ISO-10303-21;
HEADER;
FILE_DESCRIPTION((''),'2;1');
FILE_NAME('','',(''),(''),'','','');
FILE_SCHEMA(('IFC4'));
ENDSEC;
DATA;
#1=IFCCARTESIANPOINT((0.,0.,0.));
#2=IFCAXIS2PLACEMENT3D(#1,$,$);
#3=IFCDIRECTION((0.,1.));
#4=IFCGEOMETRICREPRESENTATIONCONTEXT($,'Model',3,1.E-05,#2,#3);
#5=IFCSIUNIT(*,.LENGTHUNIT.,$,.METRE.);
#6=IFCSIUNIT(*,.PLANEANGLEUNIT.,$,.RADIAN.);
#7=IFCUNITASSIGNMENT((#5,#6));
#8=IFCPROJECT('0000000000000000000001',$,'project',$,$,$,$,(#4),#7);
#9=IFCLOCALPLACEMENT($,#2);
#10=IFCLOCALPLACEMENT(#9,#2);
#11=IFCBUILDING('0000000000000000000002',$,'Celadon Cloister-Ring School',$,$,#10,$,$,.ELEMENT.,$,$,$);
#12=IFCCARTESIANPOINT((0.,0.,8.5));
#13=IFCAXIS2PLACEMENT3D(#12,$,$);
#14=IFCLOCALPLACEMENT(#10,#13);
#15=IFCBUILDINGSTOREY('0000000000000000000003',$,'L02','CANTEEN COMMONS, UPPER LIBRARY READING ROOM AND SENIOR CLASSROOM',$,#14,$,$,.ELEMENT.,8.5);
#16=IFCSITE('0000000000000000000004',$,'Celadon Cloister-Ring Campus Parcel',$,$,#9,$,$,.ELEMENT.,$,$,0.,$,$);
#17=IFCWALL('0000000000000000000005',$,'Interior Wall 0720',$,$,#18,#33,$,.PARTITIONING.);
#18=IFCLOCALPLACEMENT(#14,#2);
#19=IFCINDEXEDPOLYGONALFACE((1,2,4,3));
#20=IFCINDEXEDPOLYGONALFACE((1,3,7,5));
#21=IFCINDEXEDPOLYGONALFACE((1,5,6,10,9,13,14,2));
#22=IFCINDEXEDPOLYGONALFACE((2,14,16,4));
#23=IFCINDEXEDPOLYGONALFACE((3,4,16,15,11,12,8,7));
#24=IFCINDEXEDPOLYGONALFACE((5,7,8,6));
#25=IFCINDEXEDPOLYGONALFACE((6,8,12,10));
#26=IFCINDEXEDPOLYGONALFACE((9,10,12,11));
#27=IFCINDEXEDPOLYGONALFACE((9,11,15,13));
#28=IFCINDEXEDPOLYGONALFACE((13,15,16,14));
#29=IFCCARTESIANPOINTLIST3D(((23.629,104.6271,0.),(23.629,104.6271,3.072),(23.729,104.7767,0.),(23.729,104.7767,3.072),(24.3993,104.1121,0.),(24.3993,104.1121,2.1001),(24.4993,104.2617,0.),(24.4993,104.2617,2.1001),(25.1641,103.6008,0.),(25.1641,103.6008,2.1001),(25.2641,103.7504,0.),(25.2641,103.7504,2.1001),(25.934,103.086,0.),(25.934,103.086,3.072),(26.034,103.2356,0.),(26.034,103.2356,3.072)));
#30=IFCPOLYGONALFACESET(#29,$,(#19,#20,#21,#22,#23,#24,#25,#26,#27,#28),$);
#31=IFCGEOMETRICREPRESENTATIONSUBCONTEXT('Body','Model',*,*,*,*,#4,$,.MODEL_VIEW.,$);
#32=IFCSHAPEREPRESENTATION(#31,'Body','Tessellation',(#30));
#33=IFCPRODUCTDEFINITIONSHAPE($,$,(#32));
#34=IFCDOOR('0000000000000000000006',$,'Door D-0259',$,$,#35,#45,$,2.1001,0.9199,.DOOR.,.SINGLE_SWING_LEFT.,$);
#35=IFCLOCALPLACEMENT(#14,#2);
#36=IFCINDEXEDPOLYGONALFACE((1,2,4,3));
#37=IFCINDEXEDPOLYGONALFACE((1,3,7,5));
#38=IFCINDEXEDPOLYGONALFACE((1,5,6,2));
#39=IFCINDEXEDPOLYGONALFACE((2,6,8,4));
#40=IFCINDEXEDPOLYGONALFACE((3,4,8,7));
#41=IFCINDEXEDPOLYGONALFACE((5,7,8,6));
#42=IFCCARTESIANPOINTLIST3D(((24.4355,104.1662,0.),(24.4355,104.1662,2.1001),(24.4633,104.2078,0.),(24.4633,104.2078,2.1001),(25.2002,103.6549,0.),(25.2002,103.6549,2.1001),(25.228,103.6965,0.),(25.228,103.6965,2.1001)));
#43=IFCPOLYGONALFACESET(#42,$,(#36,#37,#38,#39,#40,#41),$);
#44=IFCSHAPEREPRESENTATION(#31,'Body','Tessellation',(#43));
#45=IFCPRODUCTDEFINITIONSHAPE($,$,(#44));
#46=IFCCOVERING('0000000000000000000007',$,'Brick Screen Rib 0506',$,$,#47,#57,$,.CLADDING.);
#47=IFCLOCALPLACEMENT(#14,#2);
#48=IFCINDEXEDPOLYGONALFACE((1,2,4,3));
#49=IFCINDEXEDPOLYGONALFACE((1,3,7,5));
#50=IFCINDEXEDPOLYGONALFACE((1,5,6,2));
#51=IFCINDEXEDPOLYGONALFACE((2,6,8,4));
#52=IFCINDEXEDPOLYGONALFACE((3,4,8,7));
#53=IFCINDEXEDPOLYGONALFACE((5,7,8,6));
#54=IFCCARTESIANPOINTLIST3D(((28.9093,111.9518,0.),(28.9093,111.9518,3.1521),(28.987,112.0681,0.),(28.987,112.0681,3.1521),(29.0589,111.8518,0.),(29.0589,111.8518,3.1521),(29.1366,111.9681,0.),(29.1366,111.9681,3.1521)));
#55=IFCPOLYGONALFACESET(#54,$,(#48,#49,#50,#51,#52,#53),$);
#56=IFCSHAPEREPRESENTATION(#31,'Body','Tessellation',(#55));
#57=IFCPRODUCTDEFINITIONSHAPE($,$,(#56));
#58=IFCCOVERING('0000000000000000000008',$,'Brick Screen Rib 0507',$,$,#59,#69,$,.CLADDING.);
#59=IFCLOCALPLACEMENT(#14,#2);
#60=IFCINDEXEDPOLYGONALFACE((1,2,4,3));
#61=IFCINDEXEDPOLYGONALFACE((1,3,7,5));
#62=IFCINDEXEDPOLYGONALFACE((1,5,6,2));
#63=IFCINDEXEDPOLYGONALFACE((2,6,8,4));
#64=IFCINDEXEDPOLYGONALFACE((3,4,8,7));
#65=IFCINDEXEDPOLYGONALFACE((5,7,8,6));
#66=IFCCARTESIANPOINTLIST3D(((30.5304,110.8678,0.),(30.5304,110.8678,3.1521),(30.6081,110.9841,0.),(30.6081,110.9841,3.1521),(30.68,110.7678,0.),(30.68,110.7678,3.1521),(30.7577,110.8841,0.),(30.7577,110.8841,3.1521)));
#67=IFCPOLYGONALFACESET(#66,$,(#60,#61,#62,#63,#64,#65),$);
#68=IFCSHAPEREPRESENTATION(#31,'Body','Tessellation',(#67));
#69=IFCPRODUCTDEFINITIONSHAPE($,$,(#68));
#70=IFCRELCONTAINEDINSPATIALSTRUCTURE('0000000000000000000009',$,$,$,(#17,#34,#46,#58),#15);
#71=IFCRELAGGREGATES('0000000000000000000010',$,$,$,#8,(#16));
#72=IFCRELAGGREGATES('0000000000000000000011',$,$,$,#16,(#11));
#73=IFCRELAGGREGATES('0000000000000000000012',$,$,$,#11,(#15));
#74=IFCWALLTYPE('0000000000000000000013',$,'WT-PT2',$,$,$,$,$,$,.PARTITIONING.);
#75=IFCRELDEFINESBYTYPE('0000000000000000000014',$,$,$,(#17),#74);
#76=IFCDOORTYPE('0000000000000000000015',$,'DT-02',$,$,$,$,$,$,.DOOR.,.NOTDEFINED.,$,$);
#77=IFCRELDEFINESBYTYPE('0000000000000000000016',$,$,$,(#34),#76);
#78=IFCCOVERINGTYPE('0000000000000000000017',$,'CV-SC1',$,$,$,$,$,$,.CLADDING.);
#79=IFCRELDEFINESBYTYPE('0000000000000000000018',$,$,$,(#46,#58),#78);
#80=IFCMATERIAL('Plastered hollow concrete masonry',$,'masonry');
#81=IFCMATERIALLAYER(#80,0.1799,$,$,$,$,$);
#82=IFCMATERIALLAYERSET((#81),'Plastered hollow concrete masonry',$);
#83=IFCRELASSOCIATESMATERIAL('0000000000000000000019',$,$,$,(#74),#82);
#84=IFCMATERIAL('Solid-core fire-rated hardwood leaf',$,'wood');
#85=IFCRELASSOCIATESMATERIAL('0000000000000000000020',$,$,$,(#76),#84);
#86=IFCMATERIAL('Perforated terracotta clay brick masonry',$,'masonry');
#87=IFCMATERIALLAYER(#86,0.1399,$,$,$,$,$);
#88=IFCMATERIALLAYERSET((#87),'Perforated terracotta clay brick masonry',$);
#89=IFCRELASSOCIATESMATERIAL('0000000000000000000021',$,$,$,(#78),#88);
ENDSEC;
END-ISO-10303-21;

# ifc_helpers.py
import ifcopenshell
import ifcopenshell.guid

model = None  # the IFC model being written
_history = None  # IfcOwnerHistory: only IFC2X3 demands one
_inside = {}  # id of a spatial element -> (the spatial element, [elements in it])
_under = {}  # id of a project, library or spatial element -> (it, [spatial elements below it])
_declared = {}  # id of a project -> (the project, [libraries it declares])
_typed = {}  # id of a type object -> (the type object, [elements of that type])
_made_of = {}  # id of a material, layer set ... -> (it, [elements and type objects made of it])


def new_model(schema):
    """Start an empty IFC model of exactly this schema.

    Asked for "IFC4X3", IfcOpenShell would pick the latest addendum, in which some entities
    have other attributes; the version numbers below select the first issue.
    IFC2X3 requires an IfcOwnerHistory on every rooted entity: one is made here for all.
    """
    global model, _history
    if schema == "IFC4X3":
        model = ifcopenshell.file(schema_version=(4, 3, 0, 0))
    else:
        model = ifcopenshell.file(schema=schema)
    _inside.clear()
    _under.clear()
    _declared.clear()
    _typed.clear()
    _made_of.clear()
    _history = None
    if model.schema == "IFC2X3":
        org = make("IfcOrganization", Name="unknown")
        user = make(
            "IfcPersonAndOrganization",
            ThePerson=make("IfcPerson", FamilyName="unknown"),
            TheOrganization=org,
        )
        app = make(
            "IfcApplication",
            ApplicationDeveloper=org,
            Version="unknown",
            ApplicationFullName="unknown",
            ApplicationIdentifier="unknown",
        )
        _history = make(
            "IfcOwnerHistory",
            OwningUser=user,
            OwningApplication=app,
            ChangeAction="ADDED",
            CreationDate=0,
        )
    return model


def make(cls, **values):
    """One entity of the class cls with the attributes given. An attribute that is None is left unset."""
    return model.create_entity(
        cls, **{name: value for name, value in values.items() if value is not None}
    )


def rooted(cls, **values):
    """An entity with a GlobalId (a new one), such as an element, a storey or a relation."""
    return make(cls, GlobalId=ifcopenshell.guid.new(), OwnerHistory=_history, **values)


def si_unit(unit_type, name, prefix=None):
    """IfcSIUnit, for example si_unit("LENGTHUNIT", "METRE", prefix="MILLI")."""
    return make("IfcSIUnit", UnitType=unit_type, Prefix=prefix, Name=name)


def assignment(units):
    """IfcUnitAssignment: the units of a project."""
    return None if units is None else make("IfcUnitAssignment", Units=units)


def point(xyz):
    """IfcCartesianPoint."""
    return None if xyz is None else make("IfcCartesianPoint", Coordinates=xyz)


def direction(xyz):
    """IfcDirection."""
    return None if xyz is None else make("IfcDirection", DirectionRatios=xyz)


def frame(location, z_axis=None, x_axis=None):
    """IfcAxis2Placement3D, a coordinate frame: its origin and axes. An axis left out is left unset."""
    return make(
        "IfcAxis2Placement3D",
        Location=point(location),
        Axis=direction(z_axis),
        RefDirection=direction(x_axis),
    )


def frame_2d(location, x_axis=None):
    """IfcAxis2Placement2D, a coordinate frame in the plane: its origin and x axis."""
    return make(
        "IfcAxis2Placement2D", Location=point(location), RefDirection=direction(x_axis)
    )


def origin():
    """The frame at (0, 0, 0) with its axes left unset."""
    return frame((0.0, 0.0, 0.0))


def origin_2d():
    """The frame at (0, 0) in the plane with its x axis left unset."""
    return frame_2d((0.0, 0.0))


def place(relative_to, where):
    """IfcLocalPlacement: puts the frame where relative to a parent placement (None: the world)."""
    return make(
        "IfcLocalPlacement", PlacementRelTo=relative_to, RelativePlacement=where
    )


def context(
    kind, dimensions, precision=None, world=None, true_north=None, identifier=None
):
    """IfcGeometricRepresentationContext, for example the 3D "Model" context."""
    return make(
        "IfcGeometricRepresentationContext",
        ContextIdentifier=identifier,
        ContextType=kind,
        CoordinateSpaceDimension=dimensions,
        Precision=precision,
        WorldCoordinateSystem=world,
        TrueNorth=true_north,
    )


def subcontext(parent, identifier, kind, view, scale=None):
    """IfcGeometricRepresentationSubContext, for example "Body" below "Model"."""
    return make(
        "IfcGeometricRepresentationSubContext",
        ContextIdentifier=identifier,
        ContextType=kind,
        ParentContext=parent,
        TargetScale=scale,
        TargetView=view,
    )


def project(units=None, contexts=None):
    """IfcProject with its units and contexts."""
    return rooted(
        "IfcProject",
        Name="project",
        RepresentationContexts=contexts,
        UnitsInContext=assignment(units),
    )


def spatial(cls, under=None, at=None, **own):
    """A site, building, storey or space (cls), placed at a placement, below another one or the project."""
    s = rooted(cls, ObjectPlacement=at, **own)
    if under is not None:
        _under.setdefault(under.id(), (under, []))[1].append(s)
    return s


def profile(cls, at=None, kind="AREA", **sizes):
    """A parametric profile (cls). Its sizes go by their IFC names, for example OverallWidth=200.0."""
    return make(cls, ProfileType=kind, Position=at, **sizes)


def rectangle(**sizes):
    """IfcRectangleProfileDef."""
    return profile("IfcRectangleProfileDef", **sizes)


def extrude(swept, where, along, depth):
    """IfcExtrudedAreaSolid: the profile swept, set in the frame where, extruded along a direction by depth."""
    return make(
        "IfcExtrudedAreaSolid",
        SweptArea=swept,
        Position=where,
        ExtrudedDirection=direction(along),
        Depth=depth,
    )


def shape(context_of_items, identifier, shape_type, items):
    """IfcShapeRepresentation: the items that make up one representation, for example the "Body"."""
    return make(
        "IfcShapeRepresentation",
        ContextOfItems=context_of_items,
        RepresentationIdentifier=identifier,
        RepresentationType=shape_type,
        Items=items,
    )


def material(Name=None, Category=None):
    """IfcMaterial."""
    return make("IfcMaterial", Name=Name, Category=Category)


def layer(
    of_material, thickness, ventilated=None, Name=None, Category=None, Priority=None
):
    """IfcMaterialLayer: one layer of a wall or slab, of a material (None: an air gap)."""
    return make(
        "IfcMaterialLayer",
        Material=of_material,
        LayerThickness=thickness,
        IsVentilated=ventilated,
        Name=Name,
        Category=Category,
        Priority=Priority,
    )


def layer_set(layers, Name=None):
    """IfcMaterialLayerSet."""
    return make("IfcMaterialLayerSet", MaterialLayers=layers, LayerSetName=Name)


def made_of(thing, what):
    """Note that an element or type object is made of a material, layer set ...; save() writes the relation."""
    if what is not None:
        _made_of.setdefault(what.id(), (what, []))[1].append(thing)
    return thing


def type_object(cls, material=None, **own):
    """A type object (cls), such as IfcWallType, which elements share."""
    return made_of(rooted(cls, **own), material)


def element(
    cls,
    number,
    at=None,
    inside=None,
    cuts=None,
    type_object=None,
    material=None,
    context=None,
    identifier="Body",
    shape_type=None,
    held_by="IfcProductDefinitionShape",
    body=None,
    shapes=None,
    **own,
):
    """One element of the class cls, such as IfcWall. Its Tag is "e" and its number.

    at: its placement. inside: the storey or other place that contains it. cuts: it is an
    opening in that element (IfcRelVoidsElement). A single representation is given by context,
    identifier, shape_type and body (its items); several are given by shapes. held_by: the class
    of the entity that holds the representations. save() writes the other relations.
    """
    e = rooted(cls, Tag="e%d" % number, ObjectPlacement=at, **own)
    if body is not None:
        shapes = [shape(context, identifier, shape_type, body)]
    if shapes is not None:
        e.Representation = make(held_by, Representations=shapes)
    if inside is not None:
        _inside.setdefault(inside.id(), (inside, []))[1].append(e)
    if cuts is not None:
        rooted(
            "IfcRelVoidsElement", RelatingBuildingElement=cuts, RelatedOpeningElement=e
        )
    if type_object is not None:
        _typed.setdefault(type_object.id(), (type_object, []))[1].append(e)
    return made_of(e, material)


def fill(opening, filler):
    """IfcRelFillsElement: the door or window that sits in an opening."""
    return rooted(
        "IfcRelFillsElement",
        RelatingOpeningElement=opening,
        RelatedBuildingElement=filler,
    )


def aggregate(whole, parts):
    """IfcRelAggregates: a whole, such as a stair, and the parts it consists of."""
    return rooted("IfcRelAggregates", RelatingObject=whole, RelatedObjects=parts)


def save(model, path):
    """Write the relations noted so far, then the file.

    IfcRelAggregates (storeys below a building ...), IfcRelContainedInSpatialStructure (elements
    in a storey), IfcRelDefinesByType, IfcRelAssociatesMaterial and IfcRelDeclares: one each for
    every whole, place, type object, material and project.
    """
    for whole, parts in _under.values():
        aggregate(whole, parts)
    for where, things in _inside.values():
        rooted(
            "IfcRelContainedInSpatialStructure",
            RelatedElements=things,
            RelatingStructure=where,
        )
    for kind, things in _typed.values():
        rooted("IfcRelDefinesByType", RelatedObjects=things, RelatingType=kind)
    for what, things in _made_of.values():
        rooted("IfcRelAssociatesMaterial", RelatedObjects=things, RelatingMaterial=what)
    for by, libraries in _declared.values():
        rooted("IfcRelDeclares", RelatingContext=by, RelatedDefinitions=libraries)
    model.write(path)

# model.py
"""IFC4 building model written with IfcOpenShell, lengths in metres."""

from ifc_helpers import new_model, si_unit, direction, frame, frame_2d, origin, origin_2d, place, context, subcontext, project, spatial, rectangle, extrude, material, layer, layer_set, type_object, element, fill, save


model = new_model("IFC4")

# Units and contexts
model_context = context("Model", 3, precision=1e-05, world=origin(), true_north=direction((0.0, 1.0)))
body_context = subcontext(model_context, "Body", "Model", "MODEL_VIEW")
ifc_project = project(units=[si_unit("LENGTHUNIT", "METRE"), si_unit("PLANEANGLEUNIT", "RADIAN")], contexts=[model_context])

# Site, building, storey
site_placement = place(None, origin())
site = spatial("IfcSite", under=ifc_project, at=site_placement, Name="Celadon Cloister-Ring Campus Parcel", CompositionType="ELEMENT", RefElevation=0.0)
building_placement = place(site_placement, origin())
building = spatial("IfcBuilding", under=site, at=building_placement, Name="Celadon Cloister-Ring School", CompositionType="ELEMENT")
storey_placement = place(building_placement, frame((0.0, 0.0, 8.5)))
storey = spatial("IfcBuildingStorey", under=building, at=storey_placement, Name="L02", Description="CANTEEN COMMONS, UPPER LIBRARY READING ROOM AND SENIOR CLASSROOM", CompositionType="ELEMENT", Elevation=8.5)

# Wall, opening, door
ifc_material_1 = material(Name="Plastered hollow concrete masonry", Category="masonry")
ifc_layer_1 = layer(ifc_material_1, 0.1799)
ifc_layer_set_1 = layer_set([ifc_layer_1], Name="Plastered hollow concrete masonry")
wall_type_1 = type_object("IfcWallType", Name="WT-PT2", PredefinedType="PARTITIONING", material=ifc_layer_set_1)
wall_1_placement = place(storey_placement, frame((25.9839, 103.1609, 0.0), z_axis=(0.0, 0.0, 1.0), x_axis=(-0.831318, 0.555797, 0.0)))
wall_1 = element("IfcWall", 1, at=wall_1_placement, inside=storey, type_object=wall_type_1, Name="Interior Wall 0720", PredefinedType="PARTITIONING", context=body_context, shape_type="SweptSolid", body=[
    extrude(rectangle(XDim=2.7727, YDim=0.1799, at=frame_2d((1.3862, 0.0))), origin(), (0.0, 0.0, 1.0), 3.072),
])
opening_1_placement = place(wall_1_placement, frame((0.926, 0.0, 0.0)))
opening_1 = element("IfcOpeningElement", 2, at=opening_1_placement, cuts=wall_1, PredefinedType="OPENING", context=body_context, shape_type="SweptSolid", body=[
    extrude(rectangle(XDim=0.9199, YDim=2.1001, at=frame_2d((0.46, 1.05))), frame((0.0, 0.1001, 0.0), z_axis=(0.0, -1.0, 0.0), x_axis=(1.0, 0.0, 0.0)), (0.0, 0.0, 1.0), 0.2),
])
ifc_material_2 = material(Name="Solid-core fire-rated hardwood leaf", Category="wood")
door_type = type_object("IfcDoorType", Name="DT-02", OperationType="NOTDEFINED", PredefinedType="DOOR", material=ifc_material_2)
door_placement = place(opening_1_placement, origin())
door = element("IfcDoor", 3, at=door_placement, inside=storey, type_object=door_type, Name="Door D-0259", OperationType="SINGLE_SWING_LEFT", OverallHeight=2.1001, OverallWidth=0.9199, PredefinedType="DOOR", context=body_context, shape_type="SweptSolid", body=[
    extrude(rectangle(XDim=0.9199, YDim=2.1001, at=frame_2d((0.46, 1.05))), frame((0.0, 0.0249, 0.0), z_axis=(0.0, -1.0, 0.0), x_axis=(1.0, 0.0, 0.0)), (0.0, 0.0, 1.0), 0.05),
])
fill(opening_1, door)

# Coverings
ifc_material_3 = material(Name="Perforated terracotta clay brick masonry", Category="masonry")
ifc_layer_2 = layer(ifc_material_3, 0.1399)
ifc_layer_set_2 = layer_set([ifc_layer_2], Name="Perforated terracotta clay brick masonry")
covering_type = type_object("IfcCoveringType", Name="CV-SC1", PredefinedType="CLADDING", material=ifc_layer_set_2)
for number, where, z_axis, x_axis, name in (
    (4, (29.0229, 111.96, 0.0), (0.0, 0.0, 1.0), (0.831402, -0.555672, 0.0), "Brick Screen Rib 0506"),
    (5, (30.644, 110.876, 0.0), (0.0, 0.0, 1.0), (0.831402, -0.555672, 0.0), "Brick Screen Rib 0507"),
):
    element("IfcCovering", number, at=place(storey_placement, frame(where, z_axis=z_axis, x_axis=x_axis)), inside=storey, type_object=covering_type, Name=name, PredefinedType="CLADDING", context=body_context, shape_type="SweptSolid", body=[
        extrude(rectangle(XDim=0.1799, YDim=0.1399, at=origin_2d()), origin(), (0.0, 0.0, 1.0), 3.1521),
    ])

save(model, "model.ifc")
